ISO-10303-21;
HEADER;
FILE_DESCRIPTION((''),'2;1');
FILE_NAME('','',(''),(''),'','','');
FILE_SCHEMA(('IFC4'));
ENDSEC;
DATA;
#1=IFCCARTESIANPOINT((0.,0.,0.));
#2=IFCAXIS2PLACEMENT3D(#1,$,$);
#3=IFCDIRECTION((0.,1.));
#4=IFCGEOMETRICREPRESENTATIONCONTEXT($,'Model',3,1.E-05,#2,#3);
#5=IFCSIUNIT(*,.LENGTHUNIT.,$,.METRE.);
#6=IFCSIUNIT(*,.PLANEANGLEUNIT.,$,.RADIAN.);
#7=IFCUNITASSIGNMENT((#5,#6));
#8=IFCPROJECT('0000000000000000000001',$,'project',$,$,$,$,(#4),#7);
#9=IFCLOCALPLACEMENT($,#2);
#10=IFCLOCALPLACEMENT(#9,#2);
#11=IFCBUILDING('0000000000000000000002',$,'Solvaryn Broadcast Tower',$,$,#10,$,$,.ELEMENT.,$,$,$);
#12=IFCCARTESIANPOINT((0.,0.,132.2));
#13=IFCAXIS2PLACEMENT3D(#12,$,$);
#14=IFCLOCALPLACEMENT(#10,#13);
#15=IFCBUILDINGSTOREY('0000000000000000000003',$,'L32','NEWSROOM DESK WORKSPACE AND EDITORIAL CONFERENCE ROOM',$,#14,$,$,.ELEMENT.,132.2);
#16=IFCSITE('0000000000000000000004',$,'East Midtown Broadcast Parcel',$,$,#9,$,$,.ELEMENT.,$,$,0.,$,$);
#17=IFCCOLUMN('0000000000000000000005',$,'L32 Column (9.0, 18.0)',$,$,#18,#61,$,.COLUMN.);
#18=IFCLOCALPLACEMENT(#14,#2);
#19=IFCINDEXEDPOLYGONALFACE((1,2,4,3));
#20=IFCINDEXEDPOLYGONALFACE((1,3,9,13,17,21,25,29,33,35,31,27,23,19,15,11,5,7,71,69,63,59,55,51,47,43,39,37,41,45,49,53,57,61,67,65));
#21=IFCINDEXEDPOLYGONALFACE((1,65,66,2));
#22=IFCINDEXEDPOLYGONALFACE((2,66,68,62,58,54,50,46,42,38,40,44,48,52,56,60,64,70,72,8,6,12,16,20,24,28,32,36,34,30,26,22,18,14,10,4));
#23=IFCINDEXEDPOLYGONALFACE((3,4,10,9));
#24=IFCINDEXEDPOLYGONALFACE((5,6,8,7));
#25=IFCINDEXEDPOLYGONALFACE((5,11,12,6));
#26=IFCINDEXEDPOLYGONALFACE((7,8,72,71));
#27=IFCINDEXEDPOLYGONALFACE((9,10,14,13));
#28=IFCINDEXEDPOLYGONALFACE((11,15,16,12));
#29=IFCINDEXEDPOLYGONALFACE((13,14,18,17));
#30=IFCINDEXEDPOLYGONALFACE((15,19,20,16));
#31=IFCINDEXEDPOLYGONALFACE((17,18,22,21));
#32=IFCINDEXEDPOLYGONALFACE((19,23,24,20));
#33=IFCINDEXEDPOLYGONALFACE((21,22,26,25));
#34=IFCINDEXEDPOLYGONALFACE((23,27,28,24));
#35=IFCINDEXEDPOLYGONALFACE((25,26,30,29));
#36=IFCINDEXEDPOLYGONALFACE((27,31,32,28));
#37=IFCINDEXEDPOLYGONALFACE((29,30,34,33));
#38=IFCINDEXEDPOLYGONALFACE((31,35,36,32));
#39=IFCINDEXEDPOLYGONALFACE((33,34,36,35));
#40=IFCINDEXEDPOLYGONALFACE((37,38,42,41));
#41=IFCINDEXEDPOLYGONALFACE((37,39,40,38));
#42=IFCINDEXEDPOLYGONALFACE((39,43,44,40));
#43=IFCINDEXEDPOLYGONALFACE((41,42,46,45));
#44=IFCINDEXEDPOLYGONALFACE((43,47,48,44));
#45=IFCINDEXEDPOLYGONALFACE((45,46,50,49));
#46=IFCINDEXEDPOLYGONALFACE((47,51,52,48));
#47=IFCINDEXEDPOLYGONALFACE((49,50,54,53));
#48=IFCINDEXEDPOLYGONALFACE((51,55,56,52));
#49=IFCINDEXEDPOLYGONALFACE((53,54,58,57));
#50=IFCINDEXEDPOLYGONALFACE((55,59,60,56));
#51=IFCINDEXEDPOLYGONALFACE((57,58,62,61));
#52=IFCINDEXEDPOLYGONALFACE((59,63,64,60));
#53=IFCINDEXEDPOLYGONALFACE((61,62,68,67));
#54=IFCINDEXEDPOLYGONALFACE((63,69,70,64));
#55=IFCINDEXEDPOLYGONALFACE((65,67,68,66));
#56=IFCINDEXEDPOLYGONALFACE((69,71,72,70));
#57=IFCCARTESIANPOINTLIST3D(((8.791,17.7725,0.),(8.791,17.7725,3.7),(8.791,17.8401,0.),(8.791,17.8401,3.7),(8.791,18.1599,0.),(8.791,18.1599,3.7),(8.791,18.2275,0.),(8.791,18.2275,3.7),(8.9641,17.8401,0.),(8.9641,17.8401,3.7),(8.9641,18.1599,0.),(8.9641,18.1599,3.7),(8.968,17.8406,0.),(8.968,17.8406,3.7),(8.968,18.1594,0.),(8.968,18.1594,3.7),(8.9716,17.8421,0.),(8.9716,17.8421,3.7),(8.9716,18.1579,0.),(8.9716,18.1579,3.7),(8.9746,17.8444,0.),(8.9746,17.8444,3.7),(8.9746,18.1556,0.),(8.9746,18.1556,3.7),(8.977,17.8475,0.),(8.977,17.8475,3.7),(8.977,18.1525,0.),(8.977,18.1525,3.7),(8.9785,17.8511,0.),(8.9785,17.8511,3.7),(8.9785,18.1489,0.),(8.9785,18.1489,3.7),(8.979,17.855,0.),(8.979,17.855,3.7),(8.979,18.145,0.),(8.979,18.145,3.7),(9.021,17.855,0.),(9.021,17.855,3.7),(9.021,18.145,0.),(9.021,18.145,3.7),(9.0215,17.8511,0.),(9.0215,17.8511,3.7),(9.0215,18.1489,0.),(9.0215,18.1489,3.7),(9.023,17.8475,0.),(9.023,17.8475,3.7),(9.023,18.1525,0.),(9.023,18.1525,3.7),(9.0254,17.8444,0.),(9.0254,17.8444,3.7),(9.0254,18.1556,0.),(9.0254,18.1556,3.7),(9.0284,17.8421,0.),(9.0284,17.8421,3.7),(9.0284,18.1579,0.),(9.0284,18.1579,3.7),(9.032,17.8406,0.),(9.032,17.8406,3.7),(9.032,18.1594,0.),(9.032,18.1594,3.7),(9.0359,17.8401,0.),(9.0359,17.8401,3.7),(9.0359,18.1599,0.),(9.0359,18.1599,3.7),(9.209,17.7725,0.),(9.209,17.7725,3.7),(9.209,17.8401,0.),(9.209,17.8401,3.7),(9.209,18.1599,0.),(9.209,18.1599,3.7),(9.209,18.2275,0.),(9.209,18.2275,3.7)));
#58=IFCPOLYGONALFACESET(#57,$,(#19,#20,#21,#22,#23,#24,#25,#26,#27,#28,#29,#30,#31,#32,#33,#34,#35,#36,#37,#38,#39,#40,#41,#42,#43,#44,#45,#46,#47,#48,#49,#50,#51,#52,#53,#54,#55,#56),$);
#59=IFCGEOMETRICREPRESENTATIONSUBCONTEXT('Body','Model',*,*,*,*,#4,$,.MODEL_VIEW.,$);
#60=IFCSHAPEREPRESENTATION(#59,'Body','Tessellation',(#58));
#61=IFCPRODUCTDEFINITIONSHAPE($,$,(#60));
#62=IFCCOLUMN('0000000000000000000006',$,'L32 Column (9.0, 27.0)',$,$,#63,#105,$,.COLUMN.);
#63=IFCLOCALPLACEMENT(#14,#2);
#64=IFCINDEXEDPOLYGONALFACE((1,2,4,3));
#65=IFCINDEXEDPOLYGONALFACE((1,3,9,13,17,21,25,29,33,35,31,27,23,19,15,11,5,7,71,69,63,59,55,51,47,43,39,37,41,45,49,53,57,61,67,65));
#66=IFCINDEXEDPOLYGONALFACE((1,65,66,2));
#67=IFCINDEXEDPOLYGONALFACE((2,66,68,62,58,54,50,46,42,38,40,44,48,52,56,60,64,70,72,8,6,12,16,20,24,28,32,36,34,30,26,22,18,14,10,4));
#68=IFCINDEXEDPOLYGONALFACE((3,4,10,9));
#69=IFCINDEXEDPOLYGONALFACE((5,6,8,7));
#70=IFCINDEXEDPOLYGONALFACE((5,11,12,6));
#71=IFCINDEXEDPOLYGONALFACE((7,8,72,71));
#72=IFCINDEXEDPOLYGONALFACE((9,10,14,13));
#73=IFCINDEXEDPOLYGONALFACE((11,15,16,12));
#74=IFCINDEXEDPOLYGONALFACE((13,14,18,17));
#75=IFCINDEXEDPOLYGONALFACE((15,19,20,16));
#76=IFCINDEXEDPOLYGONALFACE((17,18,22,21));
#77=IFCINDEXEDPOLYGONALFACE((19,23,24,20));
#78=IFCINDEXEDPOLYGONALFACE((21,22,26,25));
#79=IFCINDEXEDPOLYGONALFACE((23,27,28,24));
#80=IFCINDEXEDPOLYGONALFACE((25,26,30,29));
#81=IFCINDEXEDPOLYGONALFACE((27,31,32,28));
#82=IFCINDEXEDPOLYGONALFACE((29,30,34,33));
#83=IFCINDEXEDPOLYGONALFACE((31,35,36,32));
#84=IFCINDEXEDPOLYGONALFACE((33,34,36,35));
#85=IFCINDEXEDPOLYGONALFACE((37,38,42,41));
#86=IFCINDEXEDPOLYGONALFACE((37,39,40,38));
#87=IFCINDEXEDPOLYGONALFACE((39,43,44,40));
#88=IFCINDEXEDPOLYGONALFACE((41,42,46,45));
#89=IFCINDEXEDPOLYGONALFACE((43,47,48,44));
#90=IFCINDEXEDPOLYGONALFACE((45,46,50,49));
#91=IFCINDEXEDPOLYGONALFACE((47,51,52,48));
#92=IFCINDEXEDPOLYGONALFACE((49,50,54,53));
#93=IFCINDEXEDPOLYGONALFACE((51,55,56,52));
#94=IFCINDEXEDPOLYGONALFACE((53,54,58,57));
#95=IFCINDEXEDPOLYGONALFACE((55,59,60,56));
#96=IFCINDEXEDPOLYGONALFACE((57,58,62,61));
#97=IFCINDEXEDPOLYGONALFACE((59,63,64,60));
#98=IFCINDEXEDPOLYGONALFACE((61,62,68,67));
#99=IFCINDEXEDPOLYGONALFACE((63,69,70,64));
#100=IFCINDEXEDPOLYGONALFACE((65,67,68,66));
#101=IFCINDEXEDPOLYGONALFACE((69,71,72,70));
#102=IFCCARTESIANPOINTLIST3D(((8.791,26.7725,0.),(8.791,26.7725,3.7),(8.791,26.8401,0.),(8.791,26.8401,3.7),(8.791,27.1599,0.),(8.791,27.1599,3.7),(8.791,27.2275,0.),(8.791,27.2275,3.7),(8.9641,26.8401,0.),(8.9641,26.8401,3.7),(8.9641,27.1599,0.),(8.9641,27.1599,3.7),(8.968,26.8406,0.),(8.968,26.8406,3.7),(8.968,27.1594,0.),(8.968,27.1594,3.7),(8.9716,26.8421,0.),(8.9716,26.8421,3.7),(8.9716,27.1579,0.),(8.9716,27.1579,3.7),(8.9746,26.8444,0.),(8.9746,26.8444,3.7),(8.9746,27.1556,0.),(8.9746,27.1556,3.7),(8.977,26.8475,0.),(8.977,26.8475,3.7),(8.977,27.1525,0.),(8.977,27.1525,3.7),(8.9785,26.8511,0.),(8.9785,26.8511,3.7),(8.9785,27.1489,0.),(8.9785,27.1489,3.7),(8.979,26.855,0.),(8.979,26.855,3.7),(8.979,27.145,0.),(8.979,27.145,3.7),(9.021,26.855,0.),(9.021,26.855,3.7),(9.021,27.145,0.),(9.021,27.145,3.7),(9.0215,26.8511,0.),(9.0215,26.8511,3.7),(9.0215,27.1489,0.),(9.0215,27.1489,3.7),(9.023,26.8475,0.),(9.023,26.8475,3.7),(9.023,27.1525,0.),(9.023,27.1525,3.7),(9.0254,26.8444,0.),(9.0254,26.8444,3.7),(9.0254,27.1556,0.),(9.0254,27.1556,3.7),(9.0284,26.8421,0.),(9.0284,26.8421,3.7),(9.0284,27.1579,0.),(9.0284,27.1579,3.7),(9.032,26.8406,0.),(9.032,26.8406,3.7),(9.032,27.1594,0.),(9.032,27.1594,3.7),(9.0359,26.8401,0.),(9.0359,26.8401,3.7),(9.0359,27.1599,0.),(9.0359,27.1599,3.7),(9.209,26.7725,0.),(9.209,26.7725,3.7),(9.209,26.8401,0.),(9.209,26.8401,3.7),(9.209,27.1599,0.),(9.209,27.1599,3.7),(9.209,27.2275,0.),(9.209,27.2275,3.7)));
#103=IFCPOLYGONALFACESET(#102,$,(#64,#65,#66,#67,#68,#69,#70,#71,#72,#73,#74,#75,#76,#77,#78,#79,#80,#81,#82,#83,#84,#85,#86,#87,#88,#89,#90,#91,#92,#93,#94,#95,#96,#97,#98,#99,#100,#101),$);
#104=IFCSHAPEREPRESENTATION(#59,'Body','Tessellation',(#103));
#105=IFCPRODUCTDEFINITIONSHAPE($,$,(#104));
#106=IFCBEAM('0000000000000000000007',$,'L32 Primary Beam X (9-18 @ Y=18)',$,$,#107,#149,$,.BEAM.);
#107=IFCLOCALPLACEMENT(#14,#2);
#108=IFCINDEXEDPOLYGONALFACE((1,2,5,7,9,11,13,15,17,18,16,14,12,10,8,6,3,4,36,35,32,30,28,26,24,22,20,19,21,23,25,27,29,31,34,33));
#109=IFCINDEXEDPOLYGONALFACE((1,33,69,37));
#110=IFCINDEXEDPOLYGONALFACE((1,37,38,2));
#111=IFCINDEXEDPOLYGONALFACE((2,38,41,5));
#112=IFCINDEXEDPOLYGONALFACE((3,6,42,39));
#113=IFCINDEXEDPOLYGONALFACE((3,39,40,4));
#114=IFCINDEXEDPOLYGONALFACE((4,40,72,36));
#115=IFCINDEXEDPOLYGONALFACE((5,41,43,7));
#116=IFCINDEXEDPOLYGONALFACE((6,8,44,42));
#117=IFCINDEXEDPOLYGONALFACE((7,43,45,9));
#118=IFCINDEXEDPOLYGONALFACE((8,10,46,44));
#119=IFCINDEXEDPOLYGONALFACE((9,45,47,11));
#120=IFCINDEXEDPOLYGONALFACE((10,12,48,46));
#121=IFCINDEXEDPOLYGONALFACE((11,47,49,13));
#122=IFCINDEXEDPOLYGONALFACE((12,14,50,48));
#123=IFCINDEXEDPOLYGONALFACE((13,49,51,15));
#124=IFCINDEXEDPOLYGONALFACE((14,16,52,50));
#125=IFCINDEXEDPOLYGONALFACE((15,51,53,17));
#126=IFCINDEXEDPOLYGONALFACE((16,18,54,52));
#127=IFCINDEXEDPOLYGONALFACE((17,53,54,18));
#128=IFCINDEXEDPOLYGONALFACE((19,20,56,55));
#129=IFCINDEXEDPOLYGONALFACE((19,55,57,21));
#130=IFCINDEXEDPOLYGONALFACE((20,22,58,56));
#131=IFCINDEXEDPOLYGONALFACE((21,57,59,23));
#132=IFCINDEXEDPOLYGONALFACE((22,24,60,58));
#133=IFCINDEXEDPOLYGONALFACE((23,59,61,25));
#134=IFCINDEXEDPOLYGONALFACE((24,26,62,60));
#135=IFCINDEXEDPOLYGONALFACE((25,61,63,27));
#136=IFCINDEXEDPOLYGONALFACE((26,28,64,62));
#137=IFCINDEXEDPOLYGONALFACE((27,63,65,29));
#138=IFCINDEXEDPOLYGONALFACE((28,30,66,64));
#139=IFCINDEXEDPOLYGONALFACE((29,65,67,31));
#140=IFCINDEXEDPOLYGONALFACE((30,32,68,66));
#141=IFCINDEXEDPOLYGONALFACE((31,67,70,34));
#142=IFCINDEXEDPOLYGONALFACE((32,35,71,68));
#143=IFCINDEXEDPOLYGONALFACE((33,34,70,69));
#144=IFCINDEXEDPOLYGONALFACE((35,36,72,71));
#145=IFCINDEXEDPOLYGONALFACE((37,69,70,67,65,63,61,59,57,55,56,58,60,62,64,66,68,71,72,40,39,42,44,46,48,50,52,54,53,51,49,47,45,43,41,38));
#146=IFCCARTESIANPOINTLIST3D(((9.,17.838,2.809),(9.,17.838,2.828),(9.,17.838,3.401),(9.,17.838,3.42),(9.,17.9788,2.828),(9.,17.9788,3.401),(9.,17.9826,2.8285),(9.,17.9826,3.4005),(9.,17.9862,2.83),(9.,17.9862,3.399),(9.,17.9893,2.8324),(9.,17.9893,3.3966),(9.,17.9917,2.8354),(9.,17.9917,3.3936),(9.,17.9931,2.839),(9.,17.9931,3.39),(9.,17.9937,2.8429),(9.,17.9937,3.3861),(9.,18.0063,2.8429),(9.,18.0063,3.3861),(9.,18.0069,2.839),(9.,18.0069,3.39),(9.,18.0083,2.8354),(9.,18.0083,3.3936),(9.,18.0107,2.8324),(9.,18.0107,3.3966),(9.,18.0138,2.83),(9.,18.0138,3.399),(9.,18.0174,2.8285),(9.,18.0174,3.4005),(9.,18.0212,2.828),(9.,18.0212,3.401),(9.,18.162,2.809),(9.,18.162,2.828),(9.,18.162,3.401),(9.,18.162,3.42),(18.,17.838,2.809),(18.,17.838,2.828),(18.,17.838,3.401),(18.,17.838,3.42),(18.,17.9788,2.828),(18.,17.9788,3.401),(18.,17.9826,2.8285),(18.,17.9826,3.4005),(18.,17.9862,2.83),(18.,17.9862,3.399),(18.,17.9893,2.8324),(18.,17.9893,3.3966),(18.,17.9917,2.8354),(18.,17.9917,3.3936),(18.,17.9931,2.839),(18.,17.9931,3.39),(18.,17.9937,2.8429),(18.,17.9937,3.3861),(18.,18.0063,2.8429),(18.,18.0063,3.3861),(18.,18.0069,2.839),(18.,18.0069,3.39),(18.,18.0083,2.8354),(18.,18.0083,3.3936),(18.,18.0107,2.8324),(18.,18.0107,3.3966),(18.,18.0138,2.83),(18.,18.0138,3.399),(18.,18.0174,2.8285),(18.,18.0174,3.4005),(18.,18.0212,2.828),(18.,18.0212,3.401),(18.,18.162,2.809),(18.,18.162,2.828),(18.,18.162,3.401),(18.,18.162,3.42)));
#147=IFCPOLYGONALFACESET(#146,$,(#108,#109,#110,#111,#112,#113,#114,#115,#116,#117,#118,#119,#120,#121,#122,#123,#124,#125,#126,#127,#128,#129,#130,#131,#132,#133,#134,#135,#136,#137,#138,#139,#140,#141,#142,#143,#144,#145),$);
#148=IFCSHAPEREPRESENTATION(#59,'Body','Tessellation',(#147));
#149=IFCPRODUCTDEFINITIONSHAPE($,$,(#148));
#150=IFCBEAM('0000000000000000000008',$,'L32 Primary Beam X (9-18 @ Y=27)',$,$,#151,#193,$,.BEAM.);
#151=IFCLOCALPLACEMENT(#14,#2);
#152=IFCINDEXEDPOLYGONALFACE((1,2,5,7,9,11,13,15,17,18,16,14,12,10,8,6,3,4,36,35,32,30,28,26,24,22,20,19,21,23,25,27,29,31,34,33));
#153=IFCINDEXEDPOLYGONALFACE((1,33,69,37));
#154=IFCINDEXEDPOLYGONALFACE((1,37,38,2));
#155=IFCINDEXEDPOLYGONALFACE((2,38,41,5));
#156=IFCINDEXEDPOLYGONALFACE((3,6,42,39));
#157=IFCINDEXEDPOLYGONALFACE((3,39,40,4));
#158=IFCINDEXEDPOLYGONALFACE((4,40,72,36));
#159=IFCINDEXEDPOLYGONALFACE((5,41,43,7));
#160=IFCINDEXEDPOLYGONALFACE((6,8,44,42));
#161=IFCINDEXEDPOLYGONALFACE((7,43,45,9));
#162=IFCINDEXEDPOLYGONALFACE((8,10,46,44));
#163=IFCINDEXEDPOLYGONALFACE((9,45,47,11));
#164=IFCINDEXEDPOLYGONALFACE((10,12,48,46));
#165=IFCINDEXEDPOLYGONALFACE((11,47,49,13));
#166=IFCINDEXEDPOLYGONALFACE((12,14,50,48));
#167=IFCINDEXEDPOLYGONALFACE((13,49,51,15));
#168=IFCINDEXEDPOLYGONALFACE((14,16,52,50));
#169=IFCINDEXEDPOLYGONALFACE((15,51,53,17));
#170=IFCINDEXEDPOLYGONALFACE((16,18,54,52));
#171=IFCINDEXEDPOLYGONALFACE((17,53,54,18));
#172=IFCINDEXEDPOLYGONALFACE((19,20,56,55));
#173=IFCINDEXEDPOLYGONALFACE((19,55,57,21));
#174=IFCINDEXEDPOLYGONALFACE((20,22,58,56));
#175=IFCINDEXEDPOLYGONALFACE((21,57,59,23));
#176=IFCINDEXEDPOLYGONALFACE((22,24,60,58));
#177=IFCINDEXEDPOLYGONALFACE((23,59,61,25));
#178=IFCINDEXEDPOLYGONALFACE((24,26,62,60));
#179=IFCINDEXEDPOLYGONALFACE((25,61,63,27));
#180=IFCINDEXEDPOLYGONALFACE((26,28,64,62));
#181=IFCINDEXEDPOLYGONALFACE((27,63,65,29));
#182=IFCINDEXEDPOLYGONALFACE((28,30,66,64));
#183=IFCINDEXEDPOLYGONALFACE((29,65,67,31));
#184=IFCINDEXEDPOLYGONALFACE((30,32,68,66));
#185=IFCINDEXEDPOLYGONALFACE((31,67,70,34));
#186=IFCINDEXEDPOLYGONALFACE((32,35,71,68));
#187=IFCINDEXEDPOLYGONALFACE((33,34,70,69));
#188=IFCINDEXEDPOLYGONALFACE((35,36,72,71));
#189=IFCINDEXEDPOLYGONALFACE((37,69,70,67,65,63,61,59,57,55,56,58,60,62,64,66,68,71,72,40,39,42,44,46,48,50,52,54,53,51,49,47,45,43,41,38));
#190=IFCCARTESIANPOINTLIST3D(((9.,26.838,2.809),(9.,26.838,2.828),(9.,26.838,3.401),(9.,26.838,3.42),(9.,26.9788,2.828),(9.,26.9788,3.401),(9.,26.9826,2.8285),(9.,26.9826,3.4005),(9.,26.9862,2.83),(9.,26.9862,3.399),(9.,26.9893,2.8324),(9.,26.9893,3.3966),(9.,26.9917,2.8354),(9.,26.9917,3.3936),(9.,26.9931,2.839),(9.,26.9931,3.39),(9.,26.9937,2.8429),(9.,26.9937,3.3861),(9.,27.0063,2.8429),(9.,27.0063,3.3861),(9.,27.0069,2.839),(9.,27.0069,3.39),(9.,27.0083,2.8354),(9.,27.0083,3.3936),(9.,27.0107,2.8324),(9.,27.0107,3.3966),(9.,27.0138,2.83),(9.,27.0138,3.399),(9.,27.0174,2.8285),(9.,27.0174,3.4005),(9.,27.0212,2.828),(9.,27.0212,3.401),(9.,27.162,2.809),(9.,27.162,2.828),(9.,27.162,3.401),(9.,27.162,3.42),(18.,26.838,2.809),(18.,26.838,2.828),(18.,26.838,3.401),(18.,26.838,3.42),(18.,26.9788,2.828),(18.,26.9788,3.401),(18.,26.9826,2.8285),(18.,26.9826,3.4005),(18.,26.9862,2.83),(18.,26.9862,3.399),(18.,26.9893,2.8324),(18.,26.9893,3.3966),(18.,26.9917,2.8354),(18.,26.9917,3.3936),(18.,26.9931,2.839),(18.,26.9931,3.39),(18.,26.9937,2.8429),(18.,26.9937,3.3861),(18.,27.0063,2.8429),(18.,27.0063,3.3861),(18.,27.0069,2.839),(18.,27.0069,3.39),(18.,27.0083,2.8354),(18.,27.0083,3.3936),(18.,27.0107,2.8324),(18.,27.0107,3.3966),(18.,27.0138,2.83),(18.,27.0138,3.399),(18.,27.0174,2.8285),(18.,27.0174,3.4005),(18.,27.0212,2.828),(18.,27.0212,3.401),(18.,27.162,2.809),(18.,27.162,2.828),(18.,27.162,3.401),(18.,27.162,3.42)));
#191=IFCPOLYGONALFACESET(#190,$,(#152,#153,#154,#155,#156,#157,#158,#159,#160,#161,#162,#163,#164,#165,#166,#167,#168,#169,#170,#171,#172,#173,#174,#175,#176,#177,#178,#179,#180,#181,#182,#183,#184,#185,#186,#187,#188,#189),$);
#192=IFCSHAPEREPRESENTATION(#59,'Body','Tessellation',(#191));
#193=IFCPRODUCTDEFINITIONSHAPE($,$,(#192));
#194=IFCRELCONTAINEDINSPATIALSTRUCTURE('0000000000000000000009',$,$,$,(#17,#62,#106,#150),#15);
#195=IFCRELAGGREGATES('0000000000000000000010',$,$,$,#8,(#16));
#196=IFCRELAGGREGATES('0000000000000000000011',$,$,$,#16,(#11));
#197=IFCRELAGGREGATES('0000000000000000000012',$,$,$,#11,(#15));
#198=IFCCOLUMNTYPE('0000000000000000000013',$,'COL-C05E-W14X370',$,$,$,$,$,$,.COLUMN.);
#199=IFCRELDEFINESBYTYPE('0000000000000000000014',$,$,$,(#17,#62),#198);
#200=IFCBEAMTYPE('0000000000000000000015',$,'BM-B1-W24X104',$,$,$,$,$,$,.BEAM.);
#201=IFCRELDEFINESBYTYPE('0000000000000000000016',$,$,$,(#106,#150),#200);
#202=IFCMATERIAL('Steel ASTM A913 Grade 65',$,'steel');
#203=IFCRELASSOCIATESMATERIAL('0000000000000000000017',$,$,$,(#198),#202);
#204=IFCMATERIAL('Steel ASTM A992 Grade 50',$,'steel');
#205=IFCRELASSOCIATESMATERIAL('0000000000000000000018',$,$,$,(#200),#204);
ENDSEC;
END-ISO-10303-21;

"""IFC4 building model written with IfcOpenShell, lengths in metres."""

from ifc_helpers import new_model, si_unit, direction, frame, origin, origin_2d, place, context, subcontext, project, spatial, i_section, extrude, material, material_profile, profile_set, type_object, element, save


model = new_model("IFC4")

# Units and contexts
model_context = context("Model", 3, precision=1e-05, world=origin(), true_north=direction((0.0, 1.0)))
body_context = subcontext(model_context, "Body", "Model", "MODEL_VIEW")
ifc_project = project(units=[si_unit("LENGTHUNIT", "METRE"), si_unit("PLANEANGLEUNIT", "RADIAN")], contexts=[model_context])

# Site, building, storey
site_placement = place(None, origin())
site = spatial("IfcSite", under=ifc_project, at=site_placement, Name="East Midtown Broadcast Parcel", CompositionType="ELEMENT", RefElevation=0.0)
building_placement = place(site_placement, origin())
building = spatial("IfcBuilding", under=site, at=building_placement, Name="Solvaryn Broadcast Tower", CompositionType="ELEMENT")
storey_placement = place(building_placement, frame((0.0, 0.0, 132.2)))
storey = spatial("IfcBuildingStorey", under=building, at=storey_placement, Name="L32", Description="NEWSROOM DESK WORKSPACE AND EDITORIAL CONFERENCE ROOM", CompositionType="ELEMENT", Elevation=132.2)

# Columns
ifc_material_1 = material(Name="Steel ASTM A913 Grade 65", Category="steel")
ifc_material_profile_1 = material_profile(ifc_material_1, i_section(OverallWidth=0.418, OverallDepth=0.4551, WebThickness=0.042, FlangeThickness=0.0676, FilletRadius=0.0149, at=origin_2d()))
ifc_profile_set_1 = profile_set([ifc_material_profile_1], Name="Steel ASTM A913 Grade 65")
column_type = type_object("IfcColumnType", Name="COL-C05E-W14X370", PredefinedType="COLUMN", material=ifc_profile_set_1)
for number, where, z_axis, x_axis, name in (
    (1, (9.0, 18.0, 0.0), (0.0, 0.0, 1.0), (1.0, 0.0, 0.0), "L32 Column (9.0, 18.0)"),
    (2, (9.0, 27.0, 0.0), (0.0, 0.0, 1.0), (1.0, 0.0, 0.0), "L32 Column (9.0, 27.0)"),
):
    element("IfcColumn", number, at=place(storey_placement, frame(where, z_axis=z_axis, x_axis=x_axis)), inside=storey, type_object=column_type, Name=name, PredefinedType="COLUMN", context=body_context, shape_type="SweptSolid", body=[
        extrude(i_section(OverallWidth=0.418, OverallDepth=0.4551, WebThickness=0.042, FlangeThickness=0.0676, FilletRadius=0.0149, at=origin_2d()), origin(), (0.0, 0.0, 1.0), 3.7),
    ])

# Beams
ifc_material_2 = material(Name="Steel ASTM A992 Grade 50", Category="steel")
ifc_material_profile_2 = material_profile(ifc_material_2, i_section(OverallWidth=0.324, OverallDepth=0.6111, WebThickness=0.0127, FlangeThickness=0.019, FilletRadius=0.0149, at=origin_2d()))
ifc_profile_set_2 = profile_set([ifc_material_profile_2], Name="Steel ASTM A992 Grade 50")
beam_type_1 = type_object("IfcBeamType", Name="BM-B1-W24X104", PredefinedType="BEAM", material=ifc_profile_set_2)
for number, where, z_axis, x_axis, name in (
    (3, (9.0, 18.0, 3.1145), (1.0, 0.0, 0.0), (0.0, 1.0, 0.0), "L32 Primary Beam X (9-18 @ Y=18)"),
    (4, (9.0, 27.0, 3.1145), (1.0, 0.0, 0.0), (0.0, 1.0, 0.0), "L32 Primary Beam X (9-18 @ Y=27)"),
):
    element("IfcBeam", number, at=place(storey_placement, frame(where, z_axis=z_axis, x_axis=x_axis)), inside=storey, type_object=beam_type_1, Name=name, PredefinedType="BEAM", context=body_context, shape_type="SweptSolid", body=[
        extrude(i_section(OverallWidth=0.324, OverallDepth=0.6111, WebThickness=0.0127, FlangeThickness=0.019, FilletRadius=0.0149, at=origin_2d()), origin(), (0.0, 0.0, 1.0), 9.0),
    ])

save(model, "model.ifc")
